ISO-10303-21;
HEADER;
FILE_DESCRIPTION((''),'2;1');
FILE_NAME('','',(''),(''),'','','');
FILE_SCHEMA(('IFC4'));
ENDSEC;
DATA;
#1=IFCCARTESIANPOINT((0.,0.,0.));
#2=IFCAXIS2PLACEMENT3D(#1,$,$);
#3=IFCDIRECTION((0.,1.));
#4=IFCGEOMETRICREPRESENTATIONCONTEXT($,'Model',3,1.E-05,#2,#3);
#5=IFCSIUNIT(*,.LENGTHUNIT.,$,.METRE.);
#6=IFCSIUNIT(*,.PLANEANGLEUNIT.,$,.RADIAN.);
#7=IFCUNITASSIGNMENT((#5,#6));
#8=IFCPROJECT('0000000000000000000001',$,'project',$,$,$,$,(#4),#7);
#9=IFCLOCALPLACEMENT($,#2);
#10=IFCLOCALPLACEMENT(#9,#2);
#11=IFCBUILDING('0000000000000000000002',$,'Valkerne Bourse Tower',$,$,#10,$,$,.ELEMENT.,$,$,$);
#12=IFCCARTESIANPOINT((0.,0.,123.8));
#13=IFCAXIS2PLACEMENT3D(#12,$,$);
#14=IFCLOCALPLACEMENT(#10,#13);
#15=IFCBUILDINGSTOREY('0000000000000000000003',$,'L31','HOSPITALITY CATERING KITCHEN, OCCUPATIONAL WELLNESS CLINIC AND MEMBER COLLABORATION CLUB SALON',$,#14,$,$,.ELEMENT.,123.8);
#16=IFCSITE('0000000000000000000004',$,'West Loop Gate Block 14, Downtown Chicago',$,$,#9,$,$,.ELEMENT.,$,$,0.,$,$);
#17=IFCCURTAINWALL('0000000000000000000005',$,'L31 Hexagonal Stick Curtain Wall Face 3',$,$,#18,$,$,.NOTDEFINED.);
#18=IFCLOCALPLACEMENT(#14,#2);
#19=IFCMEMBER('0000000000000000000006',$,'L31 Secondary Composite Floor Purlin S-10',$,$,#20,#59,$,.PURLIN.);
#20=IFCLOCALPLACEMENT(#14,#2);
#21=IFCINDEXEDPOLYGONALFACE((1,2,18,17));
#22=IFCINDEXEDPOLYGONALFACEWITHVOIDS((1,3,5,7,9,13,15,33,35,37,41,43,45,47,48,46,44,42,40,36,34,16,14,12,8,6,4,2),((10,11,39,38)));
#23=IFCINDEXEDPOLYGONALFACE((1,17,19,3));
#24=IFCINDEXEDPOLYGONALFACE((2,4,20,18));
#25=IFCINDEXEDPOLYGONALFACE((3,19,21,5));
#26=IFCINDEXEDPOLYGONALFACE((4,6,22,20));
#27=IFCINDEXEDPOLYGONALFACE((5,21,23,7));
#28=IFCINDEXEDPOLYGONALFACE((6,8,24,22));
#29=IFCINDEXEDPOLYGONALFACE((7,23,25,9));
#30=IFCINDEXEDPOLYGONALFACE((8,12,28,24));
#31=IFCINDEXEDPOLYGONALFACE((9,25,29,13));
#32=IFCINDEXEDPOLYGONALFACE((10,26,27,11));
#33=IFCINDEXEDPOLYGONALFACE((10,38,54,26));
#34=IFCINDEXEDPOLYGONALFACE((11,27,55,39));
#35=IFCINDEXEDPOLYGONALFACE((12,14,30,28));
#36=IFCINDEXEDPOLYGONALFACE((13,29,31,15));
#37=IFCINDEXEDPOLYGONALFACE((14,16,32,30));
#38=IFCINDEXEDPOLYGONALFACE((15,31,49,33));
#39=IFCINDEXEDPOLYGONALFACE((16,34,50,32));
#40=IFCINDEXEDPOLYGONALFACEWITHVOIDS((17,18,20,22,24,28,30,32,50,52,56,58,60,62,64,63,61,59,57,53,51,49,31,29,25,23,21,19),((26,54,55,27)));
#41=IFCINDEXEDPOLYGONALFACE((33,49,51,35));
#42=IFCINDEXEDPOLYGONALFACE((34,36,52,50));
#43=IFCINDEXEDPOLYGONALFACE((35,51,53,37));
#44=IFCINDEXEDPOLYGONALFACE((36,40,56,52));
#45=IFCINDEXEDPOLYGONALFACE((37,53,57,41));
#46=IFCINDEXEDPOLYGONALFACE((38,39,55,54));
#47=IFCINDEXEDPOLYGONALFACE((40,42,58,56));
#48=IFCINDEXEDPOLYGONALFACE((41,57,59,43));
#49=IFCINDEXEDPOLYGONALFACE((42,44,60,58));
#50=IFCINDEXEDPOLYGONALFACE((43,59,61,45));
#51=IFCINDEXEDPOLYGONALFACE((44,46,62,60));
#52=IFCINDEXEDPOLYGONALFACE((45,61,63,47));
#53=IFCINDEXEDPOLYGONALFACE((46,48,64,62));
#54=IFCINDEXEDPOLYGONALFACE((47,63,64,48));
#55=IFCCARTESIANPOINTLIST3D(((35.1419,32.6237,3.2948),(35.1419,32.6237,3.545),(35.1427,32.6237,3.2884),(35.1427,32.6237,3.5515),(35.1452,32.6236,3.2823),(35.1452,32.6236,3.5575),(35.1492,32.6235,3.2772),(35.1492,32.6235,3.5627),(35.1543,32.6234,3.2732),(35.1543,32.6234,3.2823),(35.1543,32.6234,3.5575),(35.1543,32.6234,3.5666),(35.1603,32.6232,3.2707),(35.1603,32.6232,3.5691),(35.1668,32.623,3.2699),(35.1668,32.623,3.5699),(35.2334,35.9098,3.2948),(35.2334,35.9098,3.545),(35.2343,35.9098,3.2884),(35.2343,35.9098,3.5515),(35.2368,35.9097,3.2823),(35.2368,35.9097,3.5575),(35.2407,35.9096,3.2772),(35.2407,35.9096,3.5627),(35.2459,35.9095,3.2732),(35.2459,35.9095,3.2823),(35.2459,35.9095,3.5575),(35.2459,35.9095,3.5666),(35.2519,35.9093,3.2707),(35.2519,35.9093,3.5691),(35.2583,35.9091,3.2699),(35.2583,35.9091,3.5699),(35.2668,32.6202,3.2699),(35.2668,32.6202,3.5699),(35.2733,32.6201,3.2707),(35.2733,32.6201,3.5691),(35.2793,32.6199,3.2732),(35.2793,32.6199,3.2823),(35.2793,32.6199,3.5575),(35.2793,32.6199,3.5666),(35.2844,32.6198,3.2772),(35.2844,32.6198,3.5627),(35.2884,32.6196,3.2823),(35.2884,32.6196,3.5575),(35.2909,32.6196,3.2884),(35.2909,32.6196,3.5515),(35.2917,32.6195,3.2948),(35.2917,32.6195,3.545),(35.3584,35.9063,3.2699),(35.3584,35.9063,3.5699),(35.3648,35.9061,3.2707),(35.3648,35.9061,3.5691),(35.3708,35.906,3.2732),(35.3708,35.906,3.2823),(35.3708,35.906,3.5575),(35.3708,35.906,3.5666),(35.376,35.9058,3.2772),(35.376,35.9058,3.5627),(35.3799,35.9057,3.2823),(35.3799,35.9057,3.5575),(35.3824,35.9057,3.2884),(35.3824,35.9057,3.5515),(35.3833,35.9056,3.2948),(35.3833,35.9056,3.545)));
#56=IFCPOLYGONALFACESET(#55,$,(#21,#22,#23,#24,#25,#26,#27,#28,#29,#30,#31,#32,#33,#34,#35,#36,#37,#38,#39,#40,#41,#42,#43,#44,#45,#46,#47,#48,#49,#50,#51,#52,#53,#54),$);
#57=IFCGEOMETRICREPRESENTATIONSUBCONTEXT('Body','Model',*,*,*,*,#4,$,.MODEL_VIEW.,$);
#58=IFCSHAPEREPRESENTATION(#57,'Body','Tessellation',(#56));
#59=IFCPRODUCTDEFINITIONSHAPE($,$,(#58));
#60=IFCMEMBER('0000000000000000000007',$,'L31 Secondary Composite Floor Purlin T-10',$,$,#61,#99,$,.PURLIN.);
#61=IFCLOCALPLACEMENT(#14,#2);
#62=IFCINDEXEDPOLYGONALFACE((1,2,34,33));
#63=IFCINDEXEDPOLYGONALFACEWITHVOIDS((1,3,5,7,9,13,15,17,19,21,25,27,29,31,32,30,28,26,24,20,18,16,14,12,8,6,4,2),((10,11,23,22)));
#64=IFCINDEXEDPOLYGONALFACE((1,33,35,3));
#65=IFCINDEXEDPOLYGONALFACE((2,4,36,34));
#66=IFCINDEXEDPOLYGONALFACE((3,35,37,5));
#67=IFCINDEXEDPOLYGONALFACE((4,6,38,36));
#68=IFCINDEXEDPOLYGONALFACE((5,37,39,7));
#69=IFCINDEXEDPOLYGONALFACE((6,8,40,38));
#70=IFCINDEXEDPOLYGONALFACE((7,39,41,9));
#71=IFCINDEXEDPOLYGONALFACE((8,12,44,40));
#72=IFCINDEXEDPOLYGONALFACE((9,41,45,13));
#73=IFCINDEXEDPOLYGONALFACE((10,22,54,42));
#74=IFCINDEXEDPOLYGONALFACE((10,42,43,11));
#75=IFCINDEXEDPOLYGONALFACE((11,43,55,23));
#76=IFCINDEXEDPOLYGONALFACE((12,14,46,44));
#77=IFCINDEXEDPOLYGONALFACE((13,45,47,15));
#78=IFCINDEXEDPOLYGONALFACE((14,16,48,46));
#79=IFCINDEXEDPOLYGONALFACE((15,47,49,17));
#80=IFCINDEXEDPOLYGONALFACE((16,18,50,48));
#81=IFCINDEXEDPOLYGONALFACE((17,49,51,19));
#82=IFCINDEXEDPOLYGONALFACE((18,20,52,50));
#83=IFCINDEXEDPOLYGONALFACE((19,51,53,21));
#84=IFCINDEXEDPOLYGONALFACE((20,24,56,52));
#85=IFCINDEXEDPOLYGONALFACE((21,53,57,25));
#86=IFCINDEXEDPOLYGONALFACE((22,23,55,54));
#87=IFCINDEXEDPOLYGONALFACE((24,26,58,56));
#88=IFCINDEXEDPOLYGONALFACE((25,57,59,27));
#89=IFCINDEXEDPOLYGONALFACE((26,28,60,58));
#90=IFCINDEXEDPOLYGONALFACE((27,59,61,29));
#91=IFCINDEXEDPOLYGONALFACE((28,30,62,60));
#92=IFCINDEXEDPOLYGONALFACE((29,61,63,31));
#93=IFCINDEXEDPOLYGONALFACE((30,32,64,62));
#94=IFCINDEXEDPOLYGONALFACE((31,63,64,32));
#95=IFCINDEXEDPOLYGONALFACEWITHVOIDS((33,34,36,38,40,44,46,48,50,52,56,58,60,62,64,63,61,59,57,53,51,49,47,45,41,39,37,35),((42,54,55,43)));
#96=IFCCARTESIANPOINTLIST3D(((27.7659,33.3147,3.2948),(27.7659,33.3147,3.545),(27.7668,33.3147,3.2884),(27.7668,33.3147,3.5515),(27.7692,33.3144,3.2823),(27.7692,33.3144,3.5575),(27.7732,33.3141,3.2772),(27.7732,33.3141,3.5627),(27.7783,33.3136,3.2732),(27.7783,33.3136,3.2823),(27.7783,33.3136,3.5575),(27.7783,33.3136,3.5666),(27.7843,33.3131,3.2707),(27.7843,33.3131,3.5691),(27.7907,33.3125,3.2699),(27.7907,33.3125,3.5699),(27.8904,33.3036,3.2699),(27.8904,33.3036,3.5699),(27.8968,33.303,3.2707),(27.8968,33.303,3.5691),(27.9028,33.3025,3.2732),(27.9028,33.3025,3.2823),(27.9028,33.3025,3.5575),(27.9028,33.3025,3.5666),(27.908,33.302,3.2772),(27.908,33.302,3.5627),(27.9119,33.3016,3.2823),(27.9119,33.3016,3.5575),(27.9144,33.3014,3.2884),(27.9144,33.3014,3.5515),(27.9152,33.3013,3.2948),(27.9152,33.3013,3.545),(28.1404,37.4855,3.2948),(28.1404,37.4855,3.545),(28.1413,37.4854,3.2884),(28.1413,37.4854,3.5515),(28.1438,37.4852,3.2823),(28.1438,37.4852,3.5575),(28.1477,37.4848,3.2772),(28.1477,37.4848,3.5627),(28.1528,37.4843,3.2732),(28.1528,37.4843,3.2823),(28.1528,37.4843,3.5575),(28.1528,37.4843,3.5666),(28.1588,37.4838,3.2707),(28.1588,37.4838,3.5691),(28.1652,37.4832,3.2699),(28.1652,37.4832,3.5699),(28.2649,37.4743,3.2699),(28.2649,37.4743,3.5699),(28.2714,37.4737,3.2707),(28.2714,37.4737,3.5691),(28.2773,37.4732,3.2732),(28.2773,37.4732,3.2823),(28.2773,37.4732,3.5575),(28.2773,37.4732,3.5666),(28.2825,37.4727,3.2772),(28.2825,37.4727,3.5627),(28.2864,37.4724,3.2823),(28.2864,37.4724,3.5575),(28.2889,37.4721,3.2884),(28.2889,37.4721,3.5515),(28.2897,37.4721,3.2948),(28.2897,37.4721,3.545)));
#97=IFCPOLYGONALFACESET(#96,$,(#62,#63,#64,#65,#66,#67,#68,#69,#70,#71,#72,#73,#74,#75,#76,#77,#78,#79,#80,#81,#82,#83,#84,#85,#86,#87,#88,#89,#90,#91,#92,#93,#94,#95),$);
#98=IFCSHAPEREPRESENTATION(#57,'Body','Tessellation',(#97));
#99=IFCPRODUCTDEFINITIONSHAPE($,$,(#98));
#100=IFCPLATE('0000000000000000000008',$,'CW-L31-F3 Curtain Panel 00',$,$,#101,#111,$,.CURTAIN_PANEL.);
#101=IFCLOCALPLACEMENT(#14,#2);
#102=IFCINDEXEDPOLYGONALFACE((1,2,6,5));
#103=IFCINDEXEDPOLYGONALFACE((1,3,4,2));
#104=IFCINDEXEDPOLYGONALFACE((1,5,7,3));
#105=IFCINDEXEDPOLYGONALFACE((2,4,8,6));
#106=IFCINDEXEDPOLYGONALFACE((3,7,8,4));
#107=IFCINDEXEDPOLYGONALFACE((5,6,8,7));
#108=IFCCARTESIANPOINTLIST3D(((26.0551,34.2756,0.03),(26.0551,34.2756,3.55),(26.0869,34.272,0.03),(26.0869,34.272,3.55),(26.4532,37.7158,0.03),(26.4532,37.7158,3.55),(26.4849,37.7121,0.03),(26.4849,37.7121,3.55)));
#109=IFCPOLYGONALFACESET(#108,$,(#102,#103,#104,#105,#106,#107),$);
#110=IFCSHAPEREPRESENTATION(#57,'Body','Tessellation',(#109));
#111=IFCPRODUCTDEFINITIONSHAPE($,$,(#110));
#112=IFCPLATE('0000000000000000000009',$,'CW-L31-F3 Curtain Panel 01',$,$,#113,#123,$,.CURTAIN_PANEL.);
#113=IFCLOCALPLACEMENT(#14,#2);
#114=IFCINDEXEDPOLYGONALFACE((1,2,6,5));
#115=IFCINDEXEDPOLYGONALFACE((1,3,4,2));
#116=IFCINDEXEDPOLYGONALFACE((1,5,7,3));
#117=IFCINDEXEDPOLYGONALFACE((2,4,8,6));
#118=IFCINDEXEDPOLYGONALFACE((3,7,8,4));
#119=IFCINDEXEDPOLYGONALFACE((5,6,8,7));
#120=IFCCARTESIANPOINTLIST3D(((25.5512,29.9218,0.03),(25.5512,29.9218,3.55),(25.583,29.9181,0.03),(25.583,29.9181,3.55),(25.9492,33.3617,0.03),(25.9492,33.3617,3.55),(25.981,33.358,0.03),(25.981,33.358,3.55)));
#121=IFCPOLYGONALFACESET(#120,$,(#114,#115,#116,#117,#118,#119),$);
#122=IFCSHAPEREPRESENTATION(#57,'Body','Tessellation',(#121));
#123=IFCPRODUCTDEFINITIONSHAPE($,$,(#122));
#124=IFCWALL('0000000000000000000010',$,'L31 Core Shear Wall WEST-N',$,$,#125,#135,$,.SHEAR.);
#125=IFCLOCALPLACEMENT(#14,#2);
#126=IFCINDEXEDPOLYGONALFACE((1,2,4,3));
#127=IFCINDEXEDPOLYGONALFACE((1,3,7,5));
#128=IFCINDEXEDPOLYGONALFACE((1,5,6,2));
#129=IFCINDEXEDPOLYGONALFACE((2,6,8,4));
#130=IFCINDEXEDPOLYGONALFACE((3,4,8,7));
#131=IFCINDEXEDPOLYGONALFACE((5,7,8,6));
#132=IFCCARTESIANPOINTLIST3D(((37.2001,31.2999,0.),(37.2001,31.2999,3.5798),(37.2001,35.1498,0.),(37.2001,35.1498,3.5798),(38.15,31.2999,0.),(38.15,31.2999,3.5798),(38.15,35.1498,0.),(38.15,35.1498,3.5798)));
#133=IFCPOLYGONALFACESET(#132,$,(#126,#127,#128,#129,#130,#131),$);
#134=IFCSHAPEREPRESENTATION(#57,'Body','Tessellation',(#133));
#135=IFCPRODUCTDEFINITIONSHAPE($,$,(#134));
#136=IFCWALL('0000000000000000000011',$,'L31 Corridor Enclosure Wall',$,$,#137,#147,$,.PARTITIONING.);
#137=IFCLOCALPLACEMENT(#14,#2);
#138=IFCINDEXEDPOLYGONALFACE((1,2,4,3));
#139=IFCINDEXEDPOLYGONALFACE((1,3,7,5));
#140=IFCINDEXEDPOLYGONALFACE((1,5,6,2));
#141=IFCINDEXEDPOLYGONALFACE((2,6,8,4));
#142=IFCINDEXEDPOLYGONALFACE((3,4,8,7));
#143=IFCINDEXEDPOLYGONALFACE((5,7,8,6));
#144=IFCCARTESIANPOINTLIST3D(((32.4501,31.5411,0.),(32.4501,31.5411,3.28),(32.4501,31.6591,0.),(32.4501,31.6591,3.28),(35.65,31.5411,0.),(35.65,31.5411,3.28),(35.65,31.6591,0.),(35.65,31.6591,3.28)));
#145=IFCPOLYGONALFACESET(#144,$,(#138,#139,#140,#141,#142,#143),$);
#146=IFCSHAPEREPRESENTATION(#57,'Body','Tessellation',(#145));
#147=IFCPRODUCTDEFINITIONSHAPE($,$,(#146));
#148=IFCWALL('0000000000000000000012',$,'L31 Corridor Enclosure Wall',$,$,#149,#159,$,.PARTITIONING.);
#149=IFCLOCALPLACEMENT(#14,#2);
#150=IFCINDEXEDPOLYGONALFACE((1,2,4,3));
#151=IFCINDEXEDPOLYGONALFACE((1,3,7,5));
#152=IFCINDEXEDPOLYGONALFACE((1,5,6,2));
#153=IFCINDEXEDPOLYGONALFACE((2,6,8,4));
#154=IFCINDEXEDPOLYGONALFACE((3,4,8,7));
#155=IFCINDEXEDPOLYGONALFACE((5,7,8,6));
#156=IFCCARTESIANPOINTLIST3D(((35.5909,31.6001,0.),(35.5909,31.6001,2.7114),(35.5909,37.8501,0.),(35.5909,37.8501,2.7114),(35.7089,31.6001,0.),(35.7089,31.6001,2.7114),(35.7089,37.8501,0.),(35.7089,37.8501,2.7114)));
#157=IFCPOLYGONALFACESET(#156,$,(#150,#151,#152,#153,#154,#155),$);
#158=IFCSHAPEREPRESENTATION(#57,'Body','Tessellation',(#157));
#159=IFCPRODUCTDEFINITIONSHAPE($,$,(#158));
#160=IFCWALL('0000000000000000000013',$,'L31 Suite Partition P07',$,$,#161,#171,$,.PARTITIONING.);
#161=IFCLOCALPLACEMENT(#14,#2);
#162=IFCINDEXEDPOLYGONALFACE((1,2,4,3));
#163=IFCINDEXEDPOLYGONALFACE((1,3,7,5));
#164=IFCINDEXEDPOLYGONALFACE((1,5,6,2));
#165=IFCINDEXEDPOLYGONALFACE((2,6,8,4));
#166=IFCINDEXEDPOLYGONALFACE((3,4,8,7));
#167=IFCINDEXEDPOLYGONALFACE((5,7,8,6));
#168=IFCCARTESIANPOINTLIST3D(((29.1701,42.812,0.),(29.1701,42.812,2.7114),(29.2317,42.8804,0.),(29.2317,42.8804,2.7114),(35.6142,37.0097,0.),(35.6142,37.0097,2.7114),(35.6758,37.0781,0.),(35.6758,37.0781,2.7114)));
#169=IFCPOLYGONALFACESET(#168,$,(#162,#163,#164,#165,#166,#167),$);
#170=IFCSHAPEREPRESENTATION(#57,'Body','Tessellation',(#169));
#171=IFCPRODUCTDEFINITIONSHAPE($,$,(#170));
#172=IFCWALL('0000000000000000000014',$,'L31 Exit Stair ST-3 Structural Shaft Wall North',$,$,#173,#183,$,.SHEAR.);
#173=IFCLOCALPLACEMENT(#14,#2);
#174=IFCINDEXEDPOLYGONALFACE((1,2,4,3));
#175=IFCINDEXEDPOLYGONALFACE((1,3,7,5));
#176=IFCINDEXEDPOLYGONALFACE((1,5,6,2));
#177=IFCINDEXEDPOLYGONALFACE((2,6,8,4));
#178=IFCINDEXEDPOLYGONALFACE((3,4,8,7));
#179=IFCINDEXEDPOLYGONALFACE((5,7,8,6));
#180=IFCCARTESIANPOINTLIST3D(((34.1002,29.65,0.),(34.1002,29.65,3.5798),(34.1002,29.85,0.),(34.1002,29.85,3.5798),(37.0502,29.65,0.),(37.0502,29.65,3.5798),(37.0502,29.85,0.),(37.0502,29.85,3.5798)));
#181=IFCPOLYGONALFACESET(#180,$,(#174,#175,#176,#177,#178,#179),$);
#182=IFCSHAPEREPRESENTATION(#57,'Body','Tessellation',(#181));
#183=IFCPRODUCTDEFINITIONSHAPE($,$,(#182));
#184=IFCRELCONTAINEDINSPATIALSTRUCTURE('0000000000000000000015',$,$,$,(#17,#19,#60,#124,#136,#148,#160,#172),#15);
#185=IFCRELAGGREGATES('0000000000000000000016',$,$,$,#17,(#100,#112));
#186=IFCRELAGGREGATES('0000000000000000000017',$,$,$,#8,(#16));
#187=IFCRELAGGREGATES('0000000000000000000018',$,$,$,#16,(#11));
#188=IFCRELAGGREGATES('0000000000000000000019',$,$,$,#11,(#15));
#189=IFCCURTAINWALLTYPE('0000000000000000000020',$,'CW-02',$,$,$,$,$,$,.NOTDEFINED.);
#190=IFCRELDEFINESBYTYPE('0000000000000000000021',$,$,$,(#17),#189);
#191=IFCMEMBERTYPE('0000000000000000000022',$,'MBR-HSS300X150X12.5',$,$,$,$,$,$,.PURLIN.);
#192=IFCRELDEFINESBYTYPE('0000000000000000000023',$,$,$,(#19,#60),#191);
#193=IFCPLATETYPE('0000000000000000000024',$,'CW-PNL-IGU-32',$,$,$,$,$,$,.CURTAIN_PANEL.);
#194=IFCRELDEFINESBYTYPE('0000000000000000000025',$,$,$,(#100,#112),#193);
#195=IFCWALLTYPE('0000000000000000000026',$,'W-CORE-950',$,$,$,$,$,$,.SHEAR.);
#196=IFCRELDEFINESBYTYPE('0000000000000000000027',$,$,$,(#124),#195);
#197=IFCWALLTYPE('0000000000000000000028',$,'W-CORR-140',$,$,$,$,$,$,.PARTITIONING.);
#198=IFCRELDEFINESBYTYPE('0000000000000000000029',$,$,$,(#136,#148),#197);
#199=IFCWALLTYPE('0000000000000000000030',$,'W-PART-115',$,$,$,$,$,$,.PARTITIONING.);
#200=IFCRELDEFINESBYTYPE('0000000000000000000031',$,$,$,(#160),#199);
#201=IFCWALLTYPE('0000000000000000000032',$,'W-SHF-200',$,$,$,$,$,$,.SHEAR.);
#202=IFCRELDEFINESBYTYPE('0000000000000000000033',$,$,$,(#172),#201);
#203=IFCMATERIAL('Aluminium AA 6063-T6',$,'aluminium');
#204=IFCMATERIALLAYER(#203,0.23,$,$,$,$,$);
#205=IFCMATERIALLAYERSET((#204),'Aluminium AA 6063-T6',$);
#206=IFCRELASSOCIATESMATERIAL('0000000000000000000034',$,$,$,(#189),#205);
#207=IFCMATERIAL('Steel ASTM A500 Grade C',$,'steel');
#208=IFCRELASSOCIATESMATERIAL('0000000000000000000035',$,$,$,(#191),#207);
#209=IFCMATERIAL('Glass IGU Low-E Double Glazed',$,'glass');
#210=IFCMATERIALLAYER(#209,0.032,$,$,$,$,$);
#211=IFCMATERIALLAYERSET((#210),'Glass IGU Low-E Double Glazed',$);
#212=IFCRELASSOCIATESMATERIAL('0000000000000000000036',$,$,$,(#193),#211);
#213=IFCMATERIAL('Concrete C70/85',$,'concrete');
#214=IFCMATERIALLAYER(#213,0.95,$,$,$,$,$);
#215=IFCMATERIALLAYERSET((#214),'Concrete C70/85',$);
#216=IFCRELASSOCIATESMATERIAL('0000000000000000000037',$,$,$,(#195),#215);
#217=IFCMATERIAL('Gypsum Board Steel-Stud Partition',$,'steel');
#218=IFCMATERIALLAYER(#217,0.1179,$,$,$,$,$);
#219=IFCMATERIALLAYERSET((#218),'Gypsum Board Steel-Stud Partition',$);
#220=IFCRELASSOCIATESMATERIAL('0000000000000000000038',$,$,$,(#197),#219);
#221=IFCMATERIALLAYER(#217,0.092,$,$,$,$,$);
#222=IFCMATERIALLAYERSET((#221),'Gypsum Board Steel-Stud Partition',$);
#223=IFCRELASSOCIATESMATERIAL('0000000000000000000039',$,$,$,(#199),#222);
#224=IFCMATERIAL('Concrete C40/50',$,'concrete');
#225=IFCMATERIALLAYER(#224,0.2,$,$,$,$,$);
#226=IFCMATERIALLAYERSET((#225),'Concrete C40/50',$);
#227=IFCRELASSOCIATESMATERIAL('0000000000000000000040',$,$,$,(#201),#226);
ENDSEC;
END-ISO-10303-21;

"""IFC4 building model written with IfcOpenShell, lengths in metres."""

from ifc_helpers import new_model, si_unit, direction, frame, frame_2d, origin, origin_2d, place, context, subcontext, project, spatial, rectangle, hollow_rectangle, extrude, material, layer, layer_set, material_profile, profile_set, type_object, element, aggregate, save


model = new_model("IFC4")

# Units and contexts
model_context = context("Model", 3, precision=1e-05, world=origin(), true_north=direction((0.0, 1.0)))
body_context = subcontext(model_context, "Body", "Model", "MODEL_VIEW")
ifc_project = project(units=[si_unit("LENGTHUNIT", "METRE"), si_unit("PLANEANGLEUNIT", "RADIAN")], contexts=[model_context])

# Site, building, storey
site_placement = place(None, origin())
site = spatial("IfcSite", under=ifc_project, at=site_placement, Name="West Loop Gate Block 14, Downtown Chicago", CompositionType="ELEMENT", RefElevation=0.0)
building_placement = place(site_placement, origin())
building = spatial("IfcBuilding", under=site, at=building_placement, Name="Valkerne Bourse Tower", CompositionType="ELEMENT")
storey_placement = place(building_placement, frame((0.0, 0.0, 123.8)))
storey = spatial("IfcBuildingStorey", under=building, at=storey_placement, Name="L31", Description="HOSPITALITY CATERING KITCHEN, OCCUPATIONAL WELLNESS CLINIC AND MEMBER COLLABORATION CLUB SALON", CompositionType="ELEMENT", Elevation=123.8)

# Curtain wall
ifc_material_1 = material(Name="Aluminium AA 6063-T6", Category="aluminium")
ifc_layer_1 = layer(ifc_material_1, 0.23)
ifc_layer_set_1 = layer_set([ifc_layer_1], Name="Aluminium AA 6063-T6")
curtain_wall_type = type_object("IfcCurtainWallType", Name="CW-02", PredefinedType="NOTDEFINED", material=ifc_layer_set_1)
curtain_wall_placement = place(storey_placement, origin())
curtain_wall = element("IfcCurtainWall", 1, at=curtain_wall_placement, inside=storey, type_object=curtain_wall_type, Name="L31 Hexagonal Stick Curtain Wall Face 3", PredefinedType="NOTDEFINED")

# Members
ifc_material_2 = material(Name="Steel ASTM A500 Grade C", Category="steel")
ifc_material_profile_1 = material_profile(ifc_material_2, hollow_rectangle(XDim=0.1499, YDim=0.3, WallThickness=0.0125, OuterFilletRadius=0.0249, at=origin_2d()), Name="HSS300X150X12.5")
ifc_profile_set_1 = profile_set([ifc_material_profile_1], Name="Steel ASTM A500 Grade C")
member_type_1 = type_object("IfcMemberType", Name="MBR-HSS300X150X12.5", PredefinedType="PURLIN", material=ifc_profile_set_1)
member_1_placement = place(storey_placement, frame((35.3083, 35.9077, 3.4199), z_axis=(-0.02785, -0.999612, 0.0), x_axis=(0.999612, -0.02785, 0.0)))
element("IfcMember", 2, at=member_1_placement, inside=storey, type_object=member_type_1, Name="L31 Secondary Composite Floor Purlin S-10", PredefinedType="PURLIN", context=body_context, shape_type="SweptSolid", body=[
    extrude(hollow_rectangle(XDim=0.1499, YDim=0.3, WallThickness=0.0125, OuterFilletRadius=0.0249, at=origin_2d()), origin(), (0.0, 0.0, 1.0), 3.2874),
])
member_2_placement = place(storey_placement, frame((28.2151, 37.4788, 3.4199), z_axis=(-0.089437, -0.995992, 0.0), x_axis=(0.995992, -0.089437, 0.0)))
element("IfcMember", 3, at=member_2_placement, inside=storey, type_object=member_type_1, Name="L31 Secondary Composite Floor Purlin T-10", PredefinedType="PURLIN", context=body_context, shape_type="SweptSolid", body=[
    extrude(hollow_rectangle(XDim=0.1499, YDim=0.3, WallThickness=0.0125, OuterFilletRadius=0.0249, at=origin_2d()), origin(), (0.0, 0.0, 1.0), 4.1875),
])

# Plates
ifc_material_3 = material(Name="Glass IGU Low-E Double Glazed", Category="glass")
ifc_layer_2 = layer(ifc_material_3, 0.032)
ifc_layer_set_2 = layer_set([ifc_layer_2], Name="Glass IGU Low-E Double Glazed")
plate_type = type_object("IfcPlateType", Name="CW-PNL-IGU-32", PredefinedType="CURTAIN_PANEL", material=ifc_layer_set_2)
plate_1_placement = place(storey_placement, frame((26.27, 35.9939, 0.03), z_axis=(0.0, 0.0, 1.0), x_axis=(-0.114943, -0.993372, 0.0)))
plate_1 = element("IfcPlate", 4, at=plate_1_placement, type_object=plate_type, Name="CW-L31-F3 Curtain Panel 00", PredefinedType="CURTAIN_PANEL", context=body_context, shape_type="SweptSolid", body=[
    extrude(rectangle(XDim=3.4631, YDim=0.032, at=origin_2d()), origin(), (0.0, 0.0, 1.0), 3.52),
])
plate_2_placement = place(storey_placement, frame((25.7661, 31.6399, 0.03), z_axis=(0.0, 0.0, 1.0), x_axis=(-0.114945, -0.993372, 0.0)))
plate_2 = element("IfcPlate", 5, at=plate_2_placement, type_object=plate_type, Name="CW-L31-F3 Curtain Panel 01", PredefinedType="CURTAIN_PANEL", context=body_context, shape_type="SweptSolid", body=[
    extrude(rectangle(XDim=3.4629, YDim=0.032, at=origin_2d()), origin(), (0.0, 0.0, 1.0), 3.52),
])
aggregate(curtain_wall, [plate_1, plate_2])

# Shared definitions
ifc_material_4 = material(Name="Concrete C70/85", Category="concrete")
ifc_layer_3 = layer(ifc_material_4, 0.95)
ifc_layer_set_3 = layer_set([ifc_layer_3], Name="Concrete C70/85")
wall_type_1 = type_object("IfcWallType", Name="W-CORE-950", PredefinedType="SHEAR", material=ifc_layer_set_3)

# Walls
wall_1_placement = place(storey_placement, frame((37.675, 31.3, 0.0), z_axis=(0.0, 0.0, 1.0), x_axis=(0.0, 1.0, 0.0)))
element("IfcWall", 6, at=wall_1_placement, inside=storey, type_object=wall_type_1, Name="L31 Core Shear Wall WEST-N", PredefinedType="SHEAR", context=body_context, shape_type="SweptSolid", body=[
    extrude(rectangle(XDim=3.8499, YDim=0.95, at=frame_2d((1.9248, 0.0))), origin(), (0.0, 0.0, 1.0), 3.5798),
])
ifc_material_5 = material(Name="Gypsum Board Steel-Stud Partition", Category="steel")
ifc_layer_4 = layer(ifc_material_5, 0.1179)
ifc_layer_set_4 = layer_set([ifc_layer_4], Name="Gypsum Board Steel-Stud Partition")
wall_type_2 = type_object("IfcWallType", Name="W-CORR-140", PredefinedType="PARTITIONING", material=ifc_layer_set_4)
wall_2_placement = place(storey_placement, frame((32.45, 31.6001, 0.0), z_axis=(0.0, 0.0, 1.0), x_axis=(1.0, 0.0, 0.0)))
element("IfcWall", 7, at=wall_2_placement, inside=storey, type_object=wall_type_2, Name="L31 Corridor Enclosure Wall", PredefinedType="PARTITIONING", context=body_context, shape_type="SweptSolid", body=[
    extrude(rectangle(XDim=3.2, YDim=0.1179, at=frame_2d((1.6001, 0.0))), origin(), (0.0, 0.0, 1.0), 3.28),
])
wall_3_placement = place(storey_placement, frame((35.6499, 31.6001, 0.0), z_axis=(0.0, 0.0, 1.0), x_axis=(0.0, 1.0, 0.0)))
element("IfcWall", 8, at=wall_3_placement, inside=storey, type_object=wall_type_2, Name="L31 Corridor Enclosure Wall", PredefinedType="PARTITIONING", context=body_context, shape_type="SweptSolid", body=[
    extrude(rectangle(XDim=6.25, YDim=0.1179, at=frame_2d((3.125, 0.0))), origin(), (0.0, 0.0, 1.0), 2.7114),
])
ifc_layer_5 = layer(ifc_material_5, 0.092)
ifc_layer_set_5 = layer_set([ifc_layer_5], Name="Gypsum Board Steel-Stud Partition")
wall_type_3 = type_object("IfcWallType", Name="W-PART-115", PredefinedType="PARTITIONING", material=ifc_layer_set_5)
wall_4_placement = place(storey_placement, frame((35.645, 37.0439, 0.0), z_axis=(0.0, 0.0, 1.0), x_axis=(-0.743147, 0.669128, 0.0)))
element("IfcWall", 9, at=wall_4_placement, inside=storey, type_object=wall_type_3, Name="L31 Suite Partition P07", PredefinedType="PARTITIONING", context=body_context, shape_type="SweptSolid", body=[
    extrude(rectangle(XDim=8.6714, YDim=0.092, at=frame_2d((4.3357, 0.0))), origin(), (0.0, 0.0, 1.0), 2.7114),
])
ifc_material_6 = material(Name="Concrete C40/50", Category="concrete")
ifc_layer_6 = layer(ifc_material_6, 0.2)
ifc_layer_set_6 = layer_set([ifc_layer_6], Name="Concrete C40/50")
wall_type_4 = type_object("IfcWallType", Name="W-SHF-200", PredefinedType="SHEAR", material=ifc_layer_set_6)
wall_5_placement = place(storey_placement, frame((34.1001, 29.75, 0.0), z_axis=(0.0, 0.0, 1.0), x_axis=(1.0, 0.0, 0.0)))
element("IfcWall", 10, at=wall_5_placement, inside=storey, type_object=wall_type_4, Name="L31 Exit Stair ST-3 Structural Shaft Wall North", PredefinedType="SHEAR", context=body_context, shape_type="SweptSolid", body=[
    extrude(rectangle(XDim=2.95, YDim=0.2, at=frame_2d((1.4751, 0.0))), origin(), (0.0, 0.0, 1.0), 3.5798),
])

save(model, "model.ifc")
